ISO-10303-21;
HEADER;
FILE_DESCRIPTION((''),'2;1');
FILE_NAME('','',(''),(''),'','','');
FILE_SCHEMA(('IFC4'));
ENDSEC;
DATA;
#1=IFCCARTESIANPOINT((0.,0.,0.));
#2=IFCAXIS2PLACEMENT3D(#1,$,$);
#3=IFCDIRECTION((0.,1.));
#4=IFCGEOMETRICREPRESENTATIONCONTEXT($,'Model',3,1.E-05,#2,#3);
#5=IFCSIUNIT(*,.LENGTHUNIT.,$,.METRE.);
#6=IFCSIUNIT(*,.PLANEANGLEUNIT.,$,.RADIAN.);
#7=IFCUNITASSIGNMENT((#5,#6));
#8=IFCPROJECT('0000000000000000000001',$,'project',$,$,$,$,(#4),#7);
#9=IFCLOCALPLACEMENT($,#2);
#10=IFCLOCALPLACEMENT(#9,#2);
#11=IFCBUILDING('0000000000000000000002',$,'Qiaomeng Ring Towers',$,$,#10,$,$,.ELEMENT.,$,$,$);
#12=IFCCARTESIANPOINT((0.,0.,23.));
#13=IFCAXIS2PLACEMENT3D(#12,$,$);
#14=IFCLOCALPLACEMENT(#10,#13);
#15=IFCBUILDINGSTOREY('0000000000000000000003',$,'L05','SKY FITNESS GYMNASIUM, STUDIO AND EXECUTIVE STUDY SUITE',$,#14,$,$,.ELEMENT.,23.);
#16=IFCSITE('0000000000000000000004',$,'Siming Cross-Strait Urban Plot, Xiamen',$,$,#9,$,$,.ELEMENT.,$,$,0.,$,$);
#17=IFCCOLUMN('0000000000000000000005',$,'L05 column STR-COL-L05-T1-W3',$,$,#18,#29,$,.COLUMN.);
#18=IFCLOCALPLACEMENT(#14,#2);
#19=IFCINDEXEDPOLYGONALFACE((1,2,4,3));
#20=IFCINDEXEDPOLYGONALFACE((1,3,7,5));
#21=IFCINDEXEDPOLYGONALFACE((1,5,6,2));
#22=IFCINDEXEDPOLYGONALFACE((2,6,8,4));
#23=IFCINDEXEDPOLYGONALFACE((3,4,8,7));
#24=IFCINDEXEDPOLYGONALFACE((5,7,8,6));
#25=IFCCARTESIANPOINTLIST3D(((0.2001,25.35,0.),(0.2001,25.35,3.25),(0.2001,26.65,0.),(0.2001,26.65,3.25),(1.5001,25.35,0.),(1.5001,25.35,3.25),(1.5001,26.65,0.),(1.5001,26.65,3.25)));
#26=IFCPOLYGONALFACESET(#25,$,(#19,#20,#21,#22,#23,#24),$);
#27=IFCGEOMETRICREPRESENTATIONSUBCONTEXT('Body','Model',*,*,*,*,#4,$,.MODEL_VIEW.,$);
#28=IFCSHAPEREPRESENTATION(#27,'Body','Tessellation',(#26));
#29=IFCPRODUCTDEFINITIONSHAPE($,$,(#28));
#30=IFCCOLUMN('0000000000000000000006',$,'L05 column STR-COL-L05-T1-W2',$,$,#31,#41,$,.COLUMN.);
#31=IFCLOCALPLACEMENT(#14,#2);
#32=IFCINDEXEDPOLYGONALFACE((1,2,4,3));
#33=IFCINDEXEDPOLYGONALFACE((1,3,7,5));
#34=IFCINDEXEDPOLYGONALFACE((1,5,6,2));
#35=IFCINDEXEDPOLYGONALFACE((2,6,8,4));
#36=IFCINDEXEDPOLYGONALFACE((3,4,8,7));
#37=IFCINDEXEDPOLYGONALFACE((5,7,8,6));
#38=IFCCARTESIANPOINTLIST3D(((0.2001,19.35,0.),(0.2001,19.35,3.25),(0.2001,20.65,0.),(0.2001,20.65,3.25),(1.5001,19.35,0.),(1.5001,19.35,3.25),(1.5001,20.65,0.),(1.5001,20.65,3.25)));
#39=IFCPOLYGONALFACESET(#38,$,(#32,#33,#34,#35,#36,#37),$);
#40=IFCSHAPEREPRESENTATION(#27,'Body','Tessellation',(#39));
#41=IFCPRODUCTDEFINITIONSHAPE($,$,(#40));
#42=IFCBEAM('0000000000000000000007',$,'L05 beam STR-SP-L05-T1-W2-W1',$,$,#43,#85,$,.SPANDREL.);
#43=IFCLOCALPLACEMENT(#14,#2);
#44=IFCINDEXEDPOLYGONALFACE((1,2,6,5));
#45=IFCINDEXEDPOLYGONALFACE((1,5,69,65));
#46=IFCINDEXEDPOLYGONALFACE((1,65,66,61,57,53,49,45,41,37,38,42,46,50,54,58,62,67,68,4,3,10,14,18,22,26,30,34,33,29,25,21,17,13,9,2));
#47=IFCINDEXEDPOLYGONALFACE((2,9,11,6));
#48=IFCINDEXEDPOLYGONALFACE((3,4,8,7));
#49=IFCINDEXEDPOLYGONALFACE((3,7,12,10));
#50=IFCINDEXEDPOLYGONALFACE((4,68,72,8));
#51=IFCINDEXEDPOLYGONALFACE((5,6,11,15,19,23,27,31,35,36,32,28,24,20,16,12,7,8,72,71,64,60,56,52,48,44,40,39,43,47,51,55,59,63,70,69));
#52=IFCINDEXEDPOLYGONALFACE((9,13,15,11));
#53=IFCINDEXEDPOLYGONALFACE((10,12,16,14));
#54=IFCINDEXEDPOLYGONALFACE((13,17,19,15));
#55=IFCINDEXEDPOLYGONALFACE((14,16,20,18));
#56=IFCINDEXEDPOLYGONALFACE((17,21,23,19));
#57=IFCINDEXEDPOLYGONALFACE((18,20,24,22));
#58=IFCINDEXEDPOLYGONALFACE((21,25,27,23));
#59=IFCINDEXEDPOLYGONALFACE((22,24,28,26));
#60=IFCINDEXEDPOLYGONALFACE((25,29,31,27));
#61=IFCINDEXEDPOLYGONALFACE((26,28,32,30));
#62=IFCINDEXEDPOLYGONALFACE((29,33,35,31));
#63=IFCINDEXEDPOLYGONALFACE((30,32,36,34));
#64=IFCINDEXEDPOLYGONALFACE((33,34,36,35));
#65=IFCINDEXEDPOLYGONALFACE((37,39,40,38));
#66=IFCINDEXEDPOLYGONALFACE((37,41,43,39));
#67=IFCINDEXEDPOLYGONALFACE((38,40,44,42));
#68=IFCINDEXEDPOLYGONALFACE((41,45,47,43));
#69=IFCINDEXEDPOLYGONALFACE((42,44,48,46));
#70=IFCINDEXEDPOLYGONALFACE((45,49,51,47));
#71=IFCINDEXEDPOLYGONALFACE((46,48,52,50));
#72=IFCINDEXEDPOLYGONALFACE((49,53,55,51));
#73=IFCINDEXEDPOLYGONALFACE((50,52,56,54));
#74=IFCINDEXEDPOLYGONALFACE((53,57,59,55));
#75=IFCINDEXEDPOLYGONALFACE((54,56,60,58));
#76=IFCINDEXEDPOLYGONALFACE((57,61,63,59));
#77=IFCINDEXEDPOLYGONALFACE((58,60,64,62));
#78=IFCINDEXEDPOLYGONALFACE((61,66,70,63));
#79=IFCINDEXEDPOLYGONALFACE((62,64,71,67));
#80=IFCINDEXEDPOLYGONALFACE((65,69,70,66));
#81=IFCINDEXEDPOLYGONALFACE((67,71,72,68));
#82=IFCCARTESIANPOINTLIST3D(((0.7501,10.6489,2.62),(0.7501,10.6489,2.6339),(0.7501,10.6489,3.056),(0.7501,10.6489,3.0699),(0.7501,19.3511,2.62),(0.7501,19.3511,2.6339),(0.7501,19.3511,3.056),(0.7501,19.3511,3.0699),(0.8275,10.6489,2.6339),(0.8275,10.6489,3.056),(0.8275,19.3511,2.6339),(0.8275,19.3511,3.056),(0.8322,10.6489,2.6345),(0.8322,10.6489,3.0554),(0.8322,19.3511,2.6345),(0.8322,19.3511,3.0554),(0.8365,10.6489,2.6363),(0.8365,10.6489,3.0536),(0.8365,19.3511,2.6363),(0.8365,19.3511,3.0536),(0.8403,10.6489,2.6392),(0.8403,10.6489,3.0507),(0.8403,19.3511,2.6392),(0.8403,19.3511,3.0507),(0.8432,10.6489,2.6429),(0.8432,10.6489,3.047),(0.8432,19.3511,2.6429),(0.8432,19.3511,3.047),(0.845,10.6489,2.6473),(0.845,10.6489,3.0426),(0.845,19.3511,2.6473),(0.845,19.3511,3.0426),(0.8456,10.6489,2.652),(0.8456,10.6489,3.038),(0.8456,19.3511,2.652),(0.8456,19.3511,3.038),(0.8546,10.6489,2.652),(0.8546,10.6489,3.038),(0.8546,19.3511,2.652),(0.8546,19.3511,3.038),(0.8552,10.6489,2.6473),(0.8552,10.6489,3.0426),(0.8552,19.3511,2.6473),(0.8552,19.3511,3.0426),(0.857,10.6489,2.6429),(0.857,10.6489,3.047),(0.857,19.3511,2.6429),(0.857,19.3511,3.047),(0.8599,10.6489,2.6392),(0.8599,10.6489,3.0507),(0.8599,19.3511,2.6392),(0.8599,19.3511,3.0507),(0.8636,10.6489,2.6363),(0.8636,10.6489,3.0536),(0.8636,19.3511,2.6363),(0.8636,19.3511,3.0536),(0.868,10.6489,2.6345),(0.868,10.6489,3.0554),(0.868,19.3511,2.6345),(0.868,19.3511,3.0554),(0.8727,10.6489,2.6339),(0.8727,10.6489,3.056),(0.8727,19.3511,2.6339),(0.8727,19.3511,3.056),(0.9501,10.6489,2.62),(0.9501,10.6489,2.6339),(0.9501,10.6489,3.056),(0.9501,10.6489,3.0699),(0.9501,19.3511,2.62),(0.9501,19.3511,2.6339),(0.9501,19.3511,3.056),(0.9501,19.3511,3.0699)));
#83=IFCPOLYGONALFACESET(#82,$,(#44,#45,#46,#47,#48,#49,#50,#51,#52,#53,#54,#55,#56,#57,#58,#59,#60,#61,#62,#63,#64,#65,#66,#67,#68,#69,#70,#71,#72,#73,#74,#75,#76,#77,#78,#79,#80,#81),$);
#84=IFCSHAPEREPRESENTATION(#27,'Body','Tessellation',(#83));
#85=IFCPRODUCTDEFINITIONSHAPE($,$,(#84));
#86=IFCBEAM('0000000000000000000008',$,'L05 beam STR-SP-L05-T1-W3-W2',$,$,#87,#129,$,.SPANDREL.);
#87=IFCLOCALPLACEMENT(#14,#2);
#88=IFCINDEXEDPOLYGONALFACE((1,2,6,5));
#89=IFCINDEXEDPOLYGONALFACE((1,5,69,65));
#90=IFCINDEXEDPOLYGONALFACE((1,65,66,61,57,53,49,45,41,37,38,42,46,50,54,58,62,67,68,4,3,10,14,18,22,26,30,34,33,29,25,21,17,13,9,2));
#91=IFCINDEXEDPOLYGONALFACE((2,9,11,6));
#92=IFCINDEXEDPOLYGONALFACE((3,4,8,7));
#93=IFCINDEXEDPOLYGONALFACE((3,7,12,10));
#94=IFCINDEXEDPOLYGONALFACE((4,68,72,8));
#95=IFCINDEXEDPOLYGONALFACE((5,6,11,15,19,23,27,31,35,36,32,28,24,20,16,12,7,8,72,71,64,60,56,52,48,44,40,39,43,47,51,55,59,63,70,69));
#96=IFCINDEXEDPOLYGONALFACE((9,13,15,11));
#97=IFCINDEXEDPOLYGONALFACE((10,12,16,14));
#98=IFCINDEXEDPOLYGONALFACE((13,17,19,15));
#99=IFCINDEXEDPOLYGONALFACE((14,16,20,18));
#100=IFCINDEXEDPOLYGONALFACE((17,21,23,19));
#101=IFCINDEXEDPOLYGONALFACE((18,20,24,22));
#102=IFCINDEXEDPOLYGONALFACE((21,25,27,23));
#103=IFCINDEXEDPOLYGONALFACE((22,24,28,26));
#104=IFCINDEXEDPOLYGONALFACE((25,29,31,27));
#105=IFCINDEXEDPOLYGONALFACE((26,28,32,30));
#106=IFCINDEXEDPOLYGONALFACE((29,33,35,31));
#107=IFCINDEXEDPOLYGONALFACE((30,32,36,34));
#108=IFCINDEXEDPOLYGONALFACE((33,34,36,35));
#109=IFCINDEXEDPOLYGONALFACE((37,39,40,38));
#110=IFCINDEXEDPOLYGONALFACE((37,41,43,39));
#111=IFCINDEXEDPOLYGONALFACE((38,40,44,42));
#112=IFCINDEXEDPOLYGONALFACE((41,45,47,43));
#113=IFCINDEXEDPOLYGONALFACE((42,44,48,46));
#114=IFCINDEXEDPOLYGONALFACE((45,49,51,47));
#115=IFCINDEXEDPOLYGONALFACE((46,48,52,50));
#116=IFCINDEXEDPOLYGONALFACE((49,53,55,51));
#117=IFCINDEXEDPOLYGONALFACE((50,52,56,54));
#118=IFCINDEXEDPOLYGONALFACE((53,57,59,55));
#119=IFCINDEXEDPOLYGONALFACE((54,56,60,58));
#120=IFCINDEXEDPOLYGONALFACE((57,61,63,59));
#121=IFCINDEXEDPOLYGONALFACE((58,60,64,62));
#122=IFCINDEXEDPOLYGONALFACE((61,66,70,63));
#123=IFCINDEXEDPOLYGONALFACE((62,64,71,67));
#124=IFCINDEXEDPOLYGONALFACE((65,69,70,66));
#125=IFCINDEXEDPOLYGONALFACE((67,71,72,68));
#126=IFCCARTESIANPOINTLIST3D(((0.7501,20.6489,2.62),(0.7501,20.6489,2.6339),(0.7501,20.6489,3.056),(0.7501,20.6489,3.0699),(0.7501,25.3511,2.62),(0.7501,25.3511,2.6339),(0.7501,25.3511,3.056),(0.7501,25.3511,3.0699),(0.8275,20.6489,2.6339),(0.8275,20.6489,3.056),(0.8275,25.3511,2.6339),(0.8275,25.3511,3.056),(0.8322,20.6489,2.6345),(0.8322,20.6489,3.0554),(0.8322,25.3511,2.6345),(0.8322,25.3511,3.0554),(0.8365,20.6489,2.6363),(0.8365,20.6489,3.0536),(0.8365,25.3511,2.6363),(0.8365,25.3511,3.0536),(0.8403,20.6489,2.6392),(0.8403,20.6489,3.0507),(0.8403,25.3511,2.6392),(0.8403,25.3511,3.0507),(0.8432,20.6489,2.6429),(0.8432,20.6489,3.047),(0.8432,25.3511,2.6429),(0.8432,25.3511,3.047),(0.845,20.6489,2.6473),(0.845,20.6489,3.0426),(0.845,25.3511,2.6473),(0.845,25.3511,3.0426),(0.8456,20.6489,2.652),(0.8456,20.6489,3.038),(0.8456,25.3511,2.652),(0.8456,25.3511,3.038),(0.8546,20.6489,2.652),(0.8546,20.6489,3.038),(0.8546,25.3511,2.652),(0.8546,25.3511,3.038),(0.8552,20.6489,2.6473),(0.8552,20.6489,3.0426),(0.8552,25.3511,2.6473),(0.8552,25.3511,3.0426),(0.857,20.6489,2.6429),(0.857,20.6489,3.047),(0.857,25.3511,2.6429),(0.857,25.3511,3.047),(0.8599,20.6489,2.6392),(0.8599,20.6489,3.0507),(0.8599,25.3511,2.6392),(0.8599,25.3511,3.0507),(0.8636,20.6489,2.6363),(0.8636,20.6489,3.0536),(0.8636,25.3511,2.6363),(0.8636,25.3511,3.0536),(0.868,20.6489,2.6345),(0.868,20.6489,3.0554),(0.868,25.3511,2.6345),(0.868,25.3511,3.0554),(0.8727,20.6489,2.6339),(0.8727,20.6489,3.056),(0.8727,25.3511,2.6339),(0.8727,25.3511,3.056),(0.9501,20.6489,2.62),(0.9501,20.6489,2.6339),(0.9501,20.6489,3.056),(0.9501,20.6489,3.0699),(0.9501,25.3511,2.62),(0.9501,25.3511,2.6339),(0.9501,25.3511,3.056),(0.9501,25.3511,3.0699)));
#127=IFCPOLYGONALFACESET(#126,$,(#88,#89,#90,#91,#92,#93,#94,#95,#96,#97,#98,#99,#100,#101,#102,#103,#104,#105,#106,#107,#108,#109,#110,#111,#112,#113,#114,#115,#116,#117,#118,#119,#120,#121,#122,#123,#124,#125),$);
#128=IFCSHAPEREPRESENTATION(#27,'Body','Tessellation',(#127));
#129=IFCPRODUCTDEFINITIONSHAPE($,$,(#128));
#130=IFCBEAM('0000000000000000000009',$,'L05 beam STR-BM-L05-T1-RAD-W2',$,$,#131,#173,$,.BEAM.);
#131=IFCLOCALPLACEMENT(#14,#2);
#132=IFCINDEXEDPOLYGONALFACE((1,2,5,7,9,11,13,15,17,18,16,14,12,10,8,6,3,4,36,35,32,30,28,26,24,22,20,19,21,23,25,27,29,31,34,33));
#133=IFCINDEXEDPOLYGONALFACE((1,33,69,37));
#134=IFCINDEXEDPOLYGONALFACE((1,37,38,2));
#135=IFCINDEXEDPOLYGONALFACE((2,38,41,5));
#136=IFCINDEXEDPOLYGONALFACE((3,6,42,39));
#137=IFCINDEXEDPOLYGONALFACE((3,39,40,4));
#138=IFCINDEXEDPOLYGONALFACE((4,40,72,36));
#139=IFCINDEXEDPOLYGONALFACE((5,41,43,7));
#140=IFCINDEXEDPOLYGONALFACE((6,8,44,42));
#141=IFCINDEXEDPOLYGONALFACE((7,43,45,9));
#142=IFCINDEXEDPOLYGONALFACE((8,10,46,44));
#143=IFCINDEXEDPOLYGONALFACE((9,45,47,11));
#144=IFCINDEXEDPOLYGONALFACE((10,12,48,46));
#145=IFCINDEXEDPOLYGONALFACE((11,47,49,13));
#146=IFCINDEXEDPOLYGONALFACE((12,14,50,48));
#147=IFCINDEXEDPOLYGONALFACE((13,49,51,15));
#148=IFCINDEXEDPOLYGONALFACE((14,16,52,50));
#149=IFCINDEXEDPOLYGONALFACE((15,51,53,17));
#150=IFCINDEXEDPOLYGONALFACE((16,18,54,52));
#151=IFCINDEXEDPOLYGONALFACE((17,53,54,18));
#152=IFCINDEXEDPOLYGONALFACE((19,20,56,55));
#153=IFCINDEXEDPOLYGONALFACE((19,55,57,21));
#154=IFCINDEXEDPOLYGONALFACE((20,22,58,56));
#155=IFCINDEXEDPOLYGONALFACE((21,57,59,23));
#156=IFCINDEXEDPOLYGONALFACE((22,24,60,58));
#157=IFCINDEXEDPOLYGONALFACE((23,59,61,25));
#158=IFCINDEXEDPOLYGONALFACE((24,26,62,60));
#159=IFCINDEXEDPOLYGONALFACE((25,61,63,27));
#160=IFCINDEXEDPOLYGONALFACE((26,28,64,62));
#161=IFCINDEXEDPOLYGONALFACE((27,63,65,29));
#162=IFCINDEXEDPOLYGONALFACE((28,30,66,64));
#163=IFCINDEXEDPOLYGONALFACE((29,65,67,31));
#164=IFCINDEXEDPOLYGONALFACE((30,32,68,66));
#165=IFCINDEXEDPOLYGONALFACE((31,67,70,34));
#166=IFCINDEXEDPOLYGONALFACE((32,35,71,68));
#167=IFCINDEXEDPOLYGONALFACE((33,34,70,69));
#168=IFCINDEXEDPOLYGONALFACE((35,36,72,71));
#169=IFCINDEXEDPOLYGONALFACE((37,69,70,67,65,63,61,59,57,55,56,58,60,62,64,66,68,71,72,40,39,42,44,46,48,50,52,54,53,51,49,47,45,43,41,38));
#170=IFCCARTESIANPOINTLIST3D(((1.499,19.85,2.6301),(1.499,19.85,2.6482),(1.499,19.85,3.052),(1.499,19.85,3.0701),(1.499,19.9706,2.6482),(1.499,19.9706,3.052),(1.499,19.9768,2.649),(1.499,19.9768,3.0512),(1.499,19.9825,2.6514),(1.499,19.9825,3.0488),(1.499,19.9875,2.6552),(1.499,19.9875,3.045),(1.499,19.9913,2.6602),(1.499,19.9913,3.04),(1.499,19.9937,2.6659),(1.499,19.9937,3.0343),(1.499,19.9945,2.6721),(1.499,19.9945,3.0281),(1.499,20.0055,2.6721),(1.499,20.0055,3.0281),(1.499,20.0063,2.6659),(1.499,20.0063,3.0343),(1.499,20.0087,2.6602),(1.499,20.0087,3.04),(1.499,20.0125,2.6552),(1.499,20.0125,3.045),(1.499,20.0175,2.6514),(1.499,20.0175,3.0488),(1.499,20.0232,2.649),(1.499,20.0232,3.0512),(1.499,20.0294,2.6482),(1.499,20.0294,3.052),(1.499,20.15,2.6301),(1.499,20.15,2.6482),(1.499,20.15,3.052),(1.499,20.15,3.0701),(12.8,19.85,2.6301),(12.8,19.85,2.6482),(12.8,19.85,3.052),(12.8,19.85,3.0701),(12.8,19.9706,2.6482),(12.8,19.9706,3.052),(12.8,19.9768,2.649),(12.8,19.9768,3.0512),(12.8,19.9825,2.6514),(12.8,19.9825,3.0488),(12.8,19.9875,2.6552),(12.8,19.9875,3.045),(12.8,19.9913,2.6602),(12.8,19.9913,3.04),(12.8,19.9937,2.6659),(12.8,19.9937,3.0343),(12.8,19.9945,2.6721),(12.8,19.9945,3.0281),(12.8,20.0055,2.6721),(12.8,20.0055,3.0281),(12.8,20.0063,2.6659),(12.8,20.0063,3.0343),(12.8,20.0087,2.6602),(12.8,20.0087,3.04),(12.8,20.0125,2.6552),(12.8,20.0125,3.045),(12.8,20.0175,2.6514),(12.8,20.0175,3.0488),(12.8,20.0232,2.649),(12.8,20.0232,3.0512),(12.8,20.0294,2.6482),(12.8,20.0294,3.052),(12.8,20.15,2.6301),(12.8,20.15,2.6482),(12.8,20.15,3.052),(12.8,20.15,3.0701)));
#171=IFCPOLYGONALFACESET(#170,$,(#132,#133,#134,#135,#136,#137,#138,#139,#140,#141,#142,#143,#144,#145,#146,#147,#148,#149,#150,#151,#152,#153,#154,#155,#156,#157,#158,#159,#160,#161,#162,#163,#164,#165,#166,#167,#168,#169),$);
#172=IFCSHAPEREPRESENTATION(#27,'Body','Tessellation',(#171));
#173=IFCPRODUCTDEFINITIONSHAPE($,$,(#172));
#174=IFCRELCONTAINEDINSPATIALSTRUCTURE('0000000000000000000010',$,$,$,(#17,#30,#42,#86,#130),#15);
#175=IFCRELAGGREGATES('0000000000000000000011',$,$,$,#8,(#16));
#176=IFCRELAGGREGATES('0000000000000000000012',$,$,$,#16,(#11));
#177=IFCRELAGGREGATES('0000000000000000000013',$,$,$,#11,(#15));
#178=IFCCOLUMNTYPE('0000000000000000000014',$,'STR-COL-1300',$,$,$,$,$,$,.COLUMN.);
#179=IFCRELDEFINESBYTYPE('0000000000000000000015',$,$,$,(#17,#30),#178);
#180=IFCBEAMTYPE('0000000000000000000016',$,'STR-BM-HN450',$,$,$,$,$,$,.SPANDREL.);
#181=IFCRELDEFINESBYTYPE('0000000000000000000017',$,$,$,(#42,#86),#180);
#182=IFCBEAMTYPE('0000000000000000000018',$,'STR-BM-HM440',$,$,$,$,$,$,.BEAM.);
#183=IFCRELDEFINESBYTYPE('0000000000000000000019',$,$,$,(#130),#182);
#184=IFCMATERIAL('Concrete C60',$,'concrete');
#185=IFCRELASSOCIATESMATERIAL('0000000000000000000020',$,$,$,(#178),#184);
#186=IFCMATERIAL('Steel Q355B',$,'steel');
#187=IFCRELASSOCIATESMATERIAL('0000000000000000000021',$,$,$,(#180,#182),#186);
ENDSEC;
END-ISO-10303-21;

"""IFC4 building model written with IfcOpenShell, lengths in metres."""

from ifc_helpers import new_model, si_unit, direction, frame, origin, origin_2d, place, context, subcontext, project, spatial, rectangle, i_section, extrude, source, transform, mapped, material, material_profile, profile_set, type_object, element, save


model = new_model("IFC4")

# Units and contexts
model_context = context("Model", 3, precision=1e-05, world=origin(), true_north=direction((0.0, 1.0)))
body_context = subcontext(model_context, "Body", "Model", "MODEL_VIEW")
ifc_project = project(units=[si_unit("LENGTHUNIT", "METRE"), si_unit("PLANEANGLEUNIT", "RADIAN")], contexts=[model_context])

# Site, building, storey
site_placement = place(None, origin())
site = spatial("IfcSite", under=ifc_project, at=site_placement, Name="Siming Cross-Strait Urban Plot, Xiamen", CompositionType="ELEMENT", RefElevation=0.0)
building_placement = place(site_placement, origin())
building = spatial("IfcBuilding", under=site, at=building_placement, Name="Qiaomeng Ring Towers", CompositionType="ELEMENT")
storey_placement = place(building_placement, frame((0.0, 0.0, 23.0)))
storey = spatial("IfcBuildingStorey", under=building, at=storey_placement, Name="L05", Description="SKY FITNESS GYMNASIUM, STUDIO AND EXECUTIVE STUDY SUITE", CompositionType="ELEMENT", Elevation=23.0)

# Columns
ifc_material_1 = material(Name="Concrete C60", Category="concrete")
ifc_material_profile_1 = material_profile(ifc_material_1, rectangle(XDim=1.3, YDim=1.3, at=origin_2d()), Name="RC COL 1300x1300")
ifc_profile_set_1 = profile_set([ifc_material_profile_1], Name="Concrete C60")
column_type = type_object("IfcColumnType", Name="STR-COL-1300", PredefinedType="COLUMN", material=ifc_profile_set_1)
shared_shape_1 = source(origin(), body_context, "Body", "SweptSolid", [
    extrude(rectangle(XDim=1.3, YDim=1.3, at=origin_2d()), origin(), (0.0, 0.0, 1.0), 3.25),
])
for number, where, z_axis, x_axis, name in (
    (1, (0.8501, 26.0, 0.0), (0.0, 0.0, 1.0), (1.0, 0.0, 0.0), "L05 column STR-COL-L05-T1-W3"),
    (2, (0.8501, 20.0, 0.0), (0.0, 0.0, 1.0), (1.0, 0.0, 0.0), "L05 column STR-COL-L05-T1-W2"),
):
    element("IfcColumn", number, at=place(storey_placement, frame(where, z_axis=z_axis, x_axis=x_axis)), inside=storey, type_object=column_type, Name=name, PredefinedType="COLUMN", context=body_context, shape_type="MappedRepresentation", body=[
        mapped(shared_shape_1, transform((0.0, 0.0, 0.0), x_axis=(1.0, 0.0, 0.0), y_axis=(0.0, 1.0, 0.0), z_axis=(0.0, 0.0, 1.0), scale=1.0)),
    ])

# Beams
ifc_material_2 = material(Name="Steel Q355B", Category="steel")
ifc_material_profile_2 = material_profile(ifc_material_2, i_section(OverallWidth=0.2, OverallDepth=0.45, WebThickness=0.009, FlangeThickness=0.0139, FilletRadius=0.0181, at=origin_2d()), Name="HN 450x200x9x14")
ifc_profile_set_2 = profile_set([ifc_material_profile_2], Name="Steel Q355B")
beam_type_1 = type_object("IfcBeamType", Name="STR-BM-HN450", PredefinedType="SPANDREL", material=ifc_profile_set_2)
shared_shape_2 = source(origin(), body_context, "Body", "SweptSolid", [
    extrude(i_section(OverallWidth=0.2, OverallDepth=0.45, WebThickness=0.009, FlangeThickness=0.0139, FilletRadius=0.0181, at=origin_2d()), origin(), (0.0, 0.0, 1.0), 8.7021),
])
beam_1_placement = place(storey_placement, frame((0.8501, 19.3511, 2.845), z_axis=(0.0, -1.0, 0.0), x_axis=(1.0, 0.0, 0.0)))
element("IfcBeam", 3, at=beam_1_placement, inside=storey, type_object=beam_type_1, Name="L05 beam STR-SP-L05-T1-W2-W1", PredefinedType="SPANDREL", context=body_context, shape_type="MappedRepresentation", body=[
    mapped(shared_shape_2, transform((0.0, 0.0, 0.0), x_axis=(1.0, 0.0, 0.0), y_axis=(0.0, 1.0, 0.0), z_axis=(0.0, 0.0, 1.0), scale=1.0)),
])
shared_shape_3 = source(origin(), body_context, "Body", "SweptSolid", [
    extrude(i_section(OverallWidth=0.2, OverallDepth=0.45, WebThickness=0.009, FlangeThickness=0.0139, FilletRadius=0.0181, at=origin_2d()), origin(), (0.0, 0.0, 1.0), 4.7021),
])
beam_2_placement = place(storey_placement, frame((0.8501, 25.3511, 2.845), z_axis=(0.0, -1.0, 0.0), x_axis=(1.0, 0.0, 0.0)))
element("IfcBeam", 4, at=beam_2_placement, inside=storey, type_object=beam_type_1, Name="L05 beam STR-SP-L05-T1-W3-W2", PredefinedType="SPANDREL", context=body_context, shape_type="MappedRepresentation", body=[
    mapped(shared_shape_3, transform((0.0, 0.0, 0.0), x_axis=(1.0, 0.0, 0.0), y_axis=(0.0, 1.0, 0.0), z_axis=(0.0, 0.0, 1.0), scale=1.0)),
])
ifc_material_profile_3 = material_profile(ifc_material_2, i_section(OverallWidth=0.3, OverallDepth=0.4399, WebThickness=0.011, FlangeThickness=0.0181, FilletRadius=0.0239, at=origin_2d()), Name="HM 440x300x11x18")
ifc_profile_set_3 = profile_set([ifc_material_profile_3], Name="Steel Q355B")
beam_type_2 = type_object("IfcBeamType", Name="STR-BM-HM440", PredefinedType="BEAM", material=ifc_profile_set_3)
shared_shape_4 = source(origin(), body_context, "Body", "SweptSolid", [
    extrude(i_section(OverallWidth=0.3, OverallDepth=0.4399, WebThickness=0.011, FlangeThickness=0.0181, FilletRadius=0.0239, at=origin_2d()), origin(), (0.0, 0.0, 1.0), 11.301),
])
for number, where, z_axis, x_axis, name in (
    (5, (1.499, 20.0, 2.8501), (1.0, 0.0, 0.0), (0.0, 1.0, 0.0), "L05 beam STR-BM-L05-T1-RAD-W2"),
):
    element("IfcBeam", number, at=place(storey_placement, frame(where, z_axis=z_axis, x_axis=x_axis)), inside=storey, type_object=beam_type_2, Name=name, PredefinedType="BEAM", context=body_context, shape_type="MappedRepresentation", body=[
        mapped(shared_shape_4, transform((0.0, 0.0, 0.0), x_axis=(1.0, 0.0, 0.0), y_axis=(0.0, 1.0, 0.0), z_axis=(0.0, 0.0, 1.0), scale=1.0)),
    ])

save(model, "model.ifc")
